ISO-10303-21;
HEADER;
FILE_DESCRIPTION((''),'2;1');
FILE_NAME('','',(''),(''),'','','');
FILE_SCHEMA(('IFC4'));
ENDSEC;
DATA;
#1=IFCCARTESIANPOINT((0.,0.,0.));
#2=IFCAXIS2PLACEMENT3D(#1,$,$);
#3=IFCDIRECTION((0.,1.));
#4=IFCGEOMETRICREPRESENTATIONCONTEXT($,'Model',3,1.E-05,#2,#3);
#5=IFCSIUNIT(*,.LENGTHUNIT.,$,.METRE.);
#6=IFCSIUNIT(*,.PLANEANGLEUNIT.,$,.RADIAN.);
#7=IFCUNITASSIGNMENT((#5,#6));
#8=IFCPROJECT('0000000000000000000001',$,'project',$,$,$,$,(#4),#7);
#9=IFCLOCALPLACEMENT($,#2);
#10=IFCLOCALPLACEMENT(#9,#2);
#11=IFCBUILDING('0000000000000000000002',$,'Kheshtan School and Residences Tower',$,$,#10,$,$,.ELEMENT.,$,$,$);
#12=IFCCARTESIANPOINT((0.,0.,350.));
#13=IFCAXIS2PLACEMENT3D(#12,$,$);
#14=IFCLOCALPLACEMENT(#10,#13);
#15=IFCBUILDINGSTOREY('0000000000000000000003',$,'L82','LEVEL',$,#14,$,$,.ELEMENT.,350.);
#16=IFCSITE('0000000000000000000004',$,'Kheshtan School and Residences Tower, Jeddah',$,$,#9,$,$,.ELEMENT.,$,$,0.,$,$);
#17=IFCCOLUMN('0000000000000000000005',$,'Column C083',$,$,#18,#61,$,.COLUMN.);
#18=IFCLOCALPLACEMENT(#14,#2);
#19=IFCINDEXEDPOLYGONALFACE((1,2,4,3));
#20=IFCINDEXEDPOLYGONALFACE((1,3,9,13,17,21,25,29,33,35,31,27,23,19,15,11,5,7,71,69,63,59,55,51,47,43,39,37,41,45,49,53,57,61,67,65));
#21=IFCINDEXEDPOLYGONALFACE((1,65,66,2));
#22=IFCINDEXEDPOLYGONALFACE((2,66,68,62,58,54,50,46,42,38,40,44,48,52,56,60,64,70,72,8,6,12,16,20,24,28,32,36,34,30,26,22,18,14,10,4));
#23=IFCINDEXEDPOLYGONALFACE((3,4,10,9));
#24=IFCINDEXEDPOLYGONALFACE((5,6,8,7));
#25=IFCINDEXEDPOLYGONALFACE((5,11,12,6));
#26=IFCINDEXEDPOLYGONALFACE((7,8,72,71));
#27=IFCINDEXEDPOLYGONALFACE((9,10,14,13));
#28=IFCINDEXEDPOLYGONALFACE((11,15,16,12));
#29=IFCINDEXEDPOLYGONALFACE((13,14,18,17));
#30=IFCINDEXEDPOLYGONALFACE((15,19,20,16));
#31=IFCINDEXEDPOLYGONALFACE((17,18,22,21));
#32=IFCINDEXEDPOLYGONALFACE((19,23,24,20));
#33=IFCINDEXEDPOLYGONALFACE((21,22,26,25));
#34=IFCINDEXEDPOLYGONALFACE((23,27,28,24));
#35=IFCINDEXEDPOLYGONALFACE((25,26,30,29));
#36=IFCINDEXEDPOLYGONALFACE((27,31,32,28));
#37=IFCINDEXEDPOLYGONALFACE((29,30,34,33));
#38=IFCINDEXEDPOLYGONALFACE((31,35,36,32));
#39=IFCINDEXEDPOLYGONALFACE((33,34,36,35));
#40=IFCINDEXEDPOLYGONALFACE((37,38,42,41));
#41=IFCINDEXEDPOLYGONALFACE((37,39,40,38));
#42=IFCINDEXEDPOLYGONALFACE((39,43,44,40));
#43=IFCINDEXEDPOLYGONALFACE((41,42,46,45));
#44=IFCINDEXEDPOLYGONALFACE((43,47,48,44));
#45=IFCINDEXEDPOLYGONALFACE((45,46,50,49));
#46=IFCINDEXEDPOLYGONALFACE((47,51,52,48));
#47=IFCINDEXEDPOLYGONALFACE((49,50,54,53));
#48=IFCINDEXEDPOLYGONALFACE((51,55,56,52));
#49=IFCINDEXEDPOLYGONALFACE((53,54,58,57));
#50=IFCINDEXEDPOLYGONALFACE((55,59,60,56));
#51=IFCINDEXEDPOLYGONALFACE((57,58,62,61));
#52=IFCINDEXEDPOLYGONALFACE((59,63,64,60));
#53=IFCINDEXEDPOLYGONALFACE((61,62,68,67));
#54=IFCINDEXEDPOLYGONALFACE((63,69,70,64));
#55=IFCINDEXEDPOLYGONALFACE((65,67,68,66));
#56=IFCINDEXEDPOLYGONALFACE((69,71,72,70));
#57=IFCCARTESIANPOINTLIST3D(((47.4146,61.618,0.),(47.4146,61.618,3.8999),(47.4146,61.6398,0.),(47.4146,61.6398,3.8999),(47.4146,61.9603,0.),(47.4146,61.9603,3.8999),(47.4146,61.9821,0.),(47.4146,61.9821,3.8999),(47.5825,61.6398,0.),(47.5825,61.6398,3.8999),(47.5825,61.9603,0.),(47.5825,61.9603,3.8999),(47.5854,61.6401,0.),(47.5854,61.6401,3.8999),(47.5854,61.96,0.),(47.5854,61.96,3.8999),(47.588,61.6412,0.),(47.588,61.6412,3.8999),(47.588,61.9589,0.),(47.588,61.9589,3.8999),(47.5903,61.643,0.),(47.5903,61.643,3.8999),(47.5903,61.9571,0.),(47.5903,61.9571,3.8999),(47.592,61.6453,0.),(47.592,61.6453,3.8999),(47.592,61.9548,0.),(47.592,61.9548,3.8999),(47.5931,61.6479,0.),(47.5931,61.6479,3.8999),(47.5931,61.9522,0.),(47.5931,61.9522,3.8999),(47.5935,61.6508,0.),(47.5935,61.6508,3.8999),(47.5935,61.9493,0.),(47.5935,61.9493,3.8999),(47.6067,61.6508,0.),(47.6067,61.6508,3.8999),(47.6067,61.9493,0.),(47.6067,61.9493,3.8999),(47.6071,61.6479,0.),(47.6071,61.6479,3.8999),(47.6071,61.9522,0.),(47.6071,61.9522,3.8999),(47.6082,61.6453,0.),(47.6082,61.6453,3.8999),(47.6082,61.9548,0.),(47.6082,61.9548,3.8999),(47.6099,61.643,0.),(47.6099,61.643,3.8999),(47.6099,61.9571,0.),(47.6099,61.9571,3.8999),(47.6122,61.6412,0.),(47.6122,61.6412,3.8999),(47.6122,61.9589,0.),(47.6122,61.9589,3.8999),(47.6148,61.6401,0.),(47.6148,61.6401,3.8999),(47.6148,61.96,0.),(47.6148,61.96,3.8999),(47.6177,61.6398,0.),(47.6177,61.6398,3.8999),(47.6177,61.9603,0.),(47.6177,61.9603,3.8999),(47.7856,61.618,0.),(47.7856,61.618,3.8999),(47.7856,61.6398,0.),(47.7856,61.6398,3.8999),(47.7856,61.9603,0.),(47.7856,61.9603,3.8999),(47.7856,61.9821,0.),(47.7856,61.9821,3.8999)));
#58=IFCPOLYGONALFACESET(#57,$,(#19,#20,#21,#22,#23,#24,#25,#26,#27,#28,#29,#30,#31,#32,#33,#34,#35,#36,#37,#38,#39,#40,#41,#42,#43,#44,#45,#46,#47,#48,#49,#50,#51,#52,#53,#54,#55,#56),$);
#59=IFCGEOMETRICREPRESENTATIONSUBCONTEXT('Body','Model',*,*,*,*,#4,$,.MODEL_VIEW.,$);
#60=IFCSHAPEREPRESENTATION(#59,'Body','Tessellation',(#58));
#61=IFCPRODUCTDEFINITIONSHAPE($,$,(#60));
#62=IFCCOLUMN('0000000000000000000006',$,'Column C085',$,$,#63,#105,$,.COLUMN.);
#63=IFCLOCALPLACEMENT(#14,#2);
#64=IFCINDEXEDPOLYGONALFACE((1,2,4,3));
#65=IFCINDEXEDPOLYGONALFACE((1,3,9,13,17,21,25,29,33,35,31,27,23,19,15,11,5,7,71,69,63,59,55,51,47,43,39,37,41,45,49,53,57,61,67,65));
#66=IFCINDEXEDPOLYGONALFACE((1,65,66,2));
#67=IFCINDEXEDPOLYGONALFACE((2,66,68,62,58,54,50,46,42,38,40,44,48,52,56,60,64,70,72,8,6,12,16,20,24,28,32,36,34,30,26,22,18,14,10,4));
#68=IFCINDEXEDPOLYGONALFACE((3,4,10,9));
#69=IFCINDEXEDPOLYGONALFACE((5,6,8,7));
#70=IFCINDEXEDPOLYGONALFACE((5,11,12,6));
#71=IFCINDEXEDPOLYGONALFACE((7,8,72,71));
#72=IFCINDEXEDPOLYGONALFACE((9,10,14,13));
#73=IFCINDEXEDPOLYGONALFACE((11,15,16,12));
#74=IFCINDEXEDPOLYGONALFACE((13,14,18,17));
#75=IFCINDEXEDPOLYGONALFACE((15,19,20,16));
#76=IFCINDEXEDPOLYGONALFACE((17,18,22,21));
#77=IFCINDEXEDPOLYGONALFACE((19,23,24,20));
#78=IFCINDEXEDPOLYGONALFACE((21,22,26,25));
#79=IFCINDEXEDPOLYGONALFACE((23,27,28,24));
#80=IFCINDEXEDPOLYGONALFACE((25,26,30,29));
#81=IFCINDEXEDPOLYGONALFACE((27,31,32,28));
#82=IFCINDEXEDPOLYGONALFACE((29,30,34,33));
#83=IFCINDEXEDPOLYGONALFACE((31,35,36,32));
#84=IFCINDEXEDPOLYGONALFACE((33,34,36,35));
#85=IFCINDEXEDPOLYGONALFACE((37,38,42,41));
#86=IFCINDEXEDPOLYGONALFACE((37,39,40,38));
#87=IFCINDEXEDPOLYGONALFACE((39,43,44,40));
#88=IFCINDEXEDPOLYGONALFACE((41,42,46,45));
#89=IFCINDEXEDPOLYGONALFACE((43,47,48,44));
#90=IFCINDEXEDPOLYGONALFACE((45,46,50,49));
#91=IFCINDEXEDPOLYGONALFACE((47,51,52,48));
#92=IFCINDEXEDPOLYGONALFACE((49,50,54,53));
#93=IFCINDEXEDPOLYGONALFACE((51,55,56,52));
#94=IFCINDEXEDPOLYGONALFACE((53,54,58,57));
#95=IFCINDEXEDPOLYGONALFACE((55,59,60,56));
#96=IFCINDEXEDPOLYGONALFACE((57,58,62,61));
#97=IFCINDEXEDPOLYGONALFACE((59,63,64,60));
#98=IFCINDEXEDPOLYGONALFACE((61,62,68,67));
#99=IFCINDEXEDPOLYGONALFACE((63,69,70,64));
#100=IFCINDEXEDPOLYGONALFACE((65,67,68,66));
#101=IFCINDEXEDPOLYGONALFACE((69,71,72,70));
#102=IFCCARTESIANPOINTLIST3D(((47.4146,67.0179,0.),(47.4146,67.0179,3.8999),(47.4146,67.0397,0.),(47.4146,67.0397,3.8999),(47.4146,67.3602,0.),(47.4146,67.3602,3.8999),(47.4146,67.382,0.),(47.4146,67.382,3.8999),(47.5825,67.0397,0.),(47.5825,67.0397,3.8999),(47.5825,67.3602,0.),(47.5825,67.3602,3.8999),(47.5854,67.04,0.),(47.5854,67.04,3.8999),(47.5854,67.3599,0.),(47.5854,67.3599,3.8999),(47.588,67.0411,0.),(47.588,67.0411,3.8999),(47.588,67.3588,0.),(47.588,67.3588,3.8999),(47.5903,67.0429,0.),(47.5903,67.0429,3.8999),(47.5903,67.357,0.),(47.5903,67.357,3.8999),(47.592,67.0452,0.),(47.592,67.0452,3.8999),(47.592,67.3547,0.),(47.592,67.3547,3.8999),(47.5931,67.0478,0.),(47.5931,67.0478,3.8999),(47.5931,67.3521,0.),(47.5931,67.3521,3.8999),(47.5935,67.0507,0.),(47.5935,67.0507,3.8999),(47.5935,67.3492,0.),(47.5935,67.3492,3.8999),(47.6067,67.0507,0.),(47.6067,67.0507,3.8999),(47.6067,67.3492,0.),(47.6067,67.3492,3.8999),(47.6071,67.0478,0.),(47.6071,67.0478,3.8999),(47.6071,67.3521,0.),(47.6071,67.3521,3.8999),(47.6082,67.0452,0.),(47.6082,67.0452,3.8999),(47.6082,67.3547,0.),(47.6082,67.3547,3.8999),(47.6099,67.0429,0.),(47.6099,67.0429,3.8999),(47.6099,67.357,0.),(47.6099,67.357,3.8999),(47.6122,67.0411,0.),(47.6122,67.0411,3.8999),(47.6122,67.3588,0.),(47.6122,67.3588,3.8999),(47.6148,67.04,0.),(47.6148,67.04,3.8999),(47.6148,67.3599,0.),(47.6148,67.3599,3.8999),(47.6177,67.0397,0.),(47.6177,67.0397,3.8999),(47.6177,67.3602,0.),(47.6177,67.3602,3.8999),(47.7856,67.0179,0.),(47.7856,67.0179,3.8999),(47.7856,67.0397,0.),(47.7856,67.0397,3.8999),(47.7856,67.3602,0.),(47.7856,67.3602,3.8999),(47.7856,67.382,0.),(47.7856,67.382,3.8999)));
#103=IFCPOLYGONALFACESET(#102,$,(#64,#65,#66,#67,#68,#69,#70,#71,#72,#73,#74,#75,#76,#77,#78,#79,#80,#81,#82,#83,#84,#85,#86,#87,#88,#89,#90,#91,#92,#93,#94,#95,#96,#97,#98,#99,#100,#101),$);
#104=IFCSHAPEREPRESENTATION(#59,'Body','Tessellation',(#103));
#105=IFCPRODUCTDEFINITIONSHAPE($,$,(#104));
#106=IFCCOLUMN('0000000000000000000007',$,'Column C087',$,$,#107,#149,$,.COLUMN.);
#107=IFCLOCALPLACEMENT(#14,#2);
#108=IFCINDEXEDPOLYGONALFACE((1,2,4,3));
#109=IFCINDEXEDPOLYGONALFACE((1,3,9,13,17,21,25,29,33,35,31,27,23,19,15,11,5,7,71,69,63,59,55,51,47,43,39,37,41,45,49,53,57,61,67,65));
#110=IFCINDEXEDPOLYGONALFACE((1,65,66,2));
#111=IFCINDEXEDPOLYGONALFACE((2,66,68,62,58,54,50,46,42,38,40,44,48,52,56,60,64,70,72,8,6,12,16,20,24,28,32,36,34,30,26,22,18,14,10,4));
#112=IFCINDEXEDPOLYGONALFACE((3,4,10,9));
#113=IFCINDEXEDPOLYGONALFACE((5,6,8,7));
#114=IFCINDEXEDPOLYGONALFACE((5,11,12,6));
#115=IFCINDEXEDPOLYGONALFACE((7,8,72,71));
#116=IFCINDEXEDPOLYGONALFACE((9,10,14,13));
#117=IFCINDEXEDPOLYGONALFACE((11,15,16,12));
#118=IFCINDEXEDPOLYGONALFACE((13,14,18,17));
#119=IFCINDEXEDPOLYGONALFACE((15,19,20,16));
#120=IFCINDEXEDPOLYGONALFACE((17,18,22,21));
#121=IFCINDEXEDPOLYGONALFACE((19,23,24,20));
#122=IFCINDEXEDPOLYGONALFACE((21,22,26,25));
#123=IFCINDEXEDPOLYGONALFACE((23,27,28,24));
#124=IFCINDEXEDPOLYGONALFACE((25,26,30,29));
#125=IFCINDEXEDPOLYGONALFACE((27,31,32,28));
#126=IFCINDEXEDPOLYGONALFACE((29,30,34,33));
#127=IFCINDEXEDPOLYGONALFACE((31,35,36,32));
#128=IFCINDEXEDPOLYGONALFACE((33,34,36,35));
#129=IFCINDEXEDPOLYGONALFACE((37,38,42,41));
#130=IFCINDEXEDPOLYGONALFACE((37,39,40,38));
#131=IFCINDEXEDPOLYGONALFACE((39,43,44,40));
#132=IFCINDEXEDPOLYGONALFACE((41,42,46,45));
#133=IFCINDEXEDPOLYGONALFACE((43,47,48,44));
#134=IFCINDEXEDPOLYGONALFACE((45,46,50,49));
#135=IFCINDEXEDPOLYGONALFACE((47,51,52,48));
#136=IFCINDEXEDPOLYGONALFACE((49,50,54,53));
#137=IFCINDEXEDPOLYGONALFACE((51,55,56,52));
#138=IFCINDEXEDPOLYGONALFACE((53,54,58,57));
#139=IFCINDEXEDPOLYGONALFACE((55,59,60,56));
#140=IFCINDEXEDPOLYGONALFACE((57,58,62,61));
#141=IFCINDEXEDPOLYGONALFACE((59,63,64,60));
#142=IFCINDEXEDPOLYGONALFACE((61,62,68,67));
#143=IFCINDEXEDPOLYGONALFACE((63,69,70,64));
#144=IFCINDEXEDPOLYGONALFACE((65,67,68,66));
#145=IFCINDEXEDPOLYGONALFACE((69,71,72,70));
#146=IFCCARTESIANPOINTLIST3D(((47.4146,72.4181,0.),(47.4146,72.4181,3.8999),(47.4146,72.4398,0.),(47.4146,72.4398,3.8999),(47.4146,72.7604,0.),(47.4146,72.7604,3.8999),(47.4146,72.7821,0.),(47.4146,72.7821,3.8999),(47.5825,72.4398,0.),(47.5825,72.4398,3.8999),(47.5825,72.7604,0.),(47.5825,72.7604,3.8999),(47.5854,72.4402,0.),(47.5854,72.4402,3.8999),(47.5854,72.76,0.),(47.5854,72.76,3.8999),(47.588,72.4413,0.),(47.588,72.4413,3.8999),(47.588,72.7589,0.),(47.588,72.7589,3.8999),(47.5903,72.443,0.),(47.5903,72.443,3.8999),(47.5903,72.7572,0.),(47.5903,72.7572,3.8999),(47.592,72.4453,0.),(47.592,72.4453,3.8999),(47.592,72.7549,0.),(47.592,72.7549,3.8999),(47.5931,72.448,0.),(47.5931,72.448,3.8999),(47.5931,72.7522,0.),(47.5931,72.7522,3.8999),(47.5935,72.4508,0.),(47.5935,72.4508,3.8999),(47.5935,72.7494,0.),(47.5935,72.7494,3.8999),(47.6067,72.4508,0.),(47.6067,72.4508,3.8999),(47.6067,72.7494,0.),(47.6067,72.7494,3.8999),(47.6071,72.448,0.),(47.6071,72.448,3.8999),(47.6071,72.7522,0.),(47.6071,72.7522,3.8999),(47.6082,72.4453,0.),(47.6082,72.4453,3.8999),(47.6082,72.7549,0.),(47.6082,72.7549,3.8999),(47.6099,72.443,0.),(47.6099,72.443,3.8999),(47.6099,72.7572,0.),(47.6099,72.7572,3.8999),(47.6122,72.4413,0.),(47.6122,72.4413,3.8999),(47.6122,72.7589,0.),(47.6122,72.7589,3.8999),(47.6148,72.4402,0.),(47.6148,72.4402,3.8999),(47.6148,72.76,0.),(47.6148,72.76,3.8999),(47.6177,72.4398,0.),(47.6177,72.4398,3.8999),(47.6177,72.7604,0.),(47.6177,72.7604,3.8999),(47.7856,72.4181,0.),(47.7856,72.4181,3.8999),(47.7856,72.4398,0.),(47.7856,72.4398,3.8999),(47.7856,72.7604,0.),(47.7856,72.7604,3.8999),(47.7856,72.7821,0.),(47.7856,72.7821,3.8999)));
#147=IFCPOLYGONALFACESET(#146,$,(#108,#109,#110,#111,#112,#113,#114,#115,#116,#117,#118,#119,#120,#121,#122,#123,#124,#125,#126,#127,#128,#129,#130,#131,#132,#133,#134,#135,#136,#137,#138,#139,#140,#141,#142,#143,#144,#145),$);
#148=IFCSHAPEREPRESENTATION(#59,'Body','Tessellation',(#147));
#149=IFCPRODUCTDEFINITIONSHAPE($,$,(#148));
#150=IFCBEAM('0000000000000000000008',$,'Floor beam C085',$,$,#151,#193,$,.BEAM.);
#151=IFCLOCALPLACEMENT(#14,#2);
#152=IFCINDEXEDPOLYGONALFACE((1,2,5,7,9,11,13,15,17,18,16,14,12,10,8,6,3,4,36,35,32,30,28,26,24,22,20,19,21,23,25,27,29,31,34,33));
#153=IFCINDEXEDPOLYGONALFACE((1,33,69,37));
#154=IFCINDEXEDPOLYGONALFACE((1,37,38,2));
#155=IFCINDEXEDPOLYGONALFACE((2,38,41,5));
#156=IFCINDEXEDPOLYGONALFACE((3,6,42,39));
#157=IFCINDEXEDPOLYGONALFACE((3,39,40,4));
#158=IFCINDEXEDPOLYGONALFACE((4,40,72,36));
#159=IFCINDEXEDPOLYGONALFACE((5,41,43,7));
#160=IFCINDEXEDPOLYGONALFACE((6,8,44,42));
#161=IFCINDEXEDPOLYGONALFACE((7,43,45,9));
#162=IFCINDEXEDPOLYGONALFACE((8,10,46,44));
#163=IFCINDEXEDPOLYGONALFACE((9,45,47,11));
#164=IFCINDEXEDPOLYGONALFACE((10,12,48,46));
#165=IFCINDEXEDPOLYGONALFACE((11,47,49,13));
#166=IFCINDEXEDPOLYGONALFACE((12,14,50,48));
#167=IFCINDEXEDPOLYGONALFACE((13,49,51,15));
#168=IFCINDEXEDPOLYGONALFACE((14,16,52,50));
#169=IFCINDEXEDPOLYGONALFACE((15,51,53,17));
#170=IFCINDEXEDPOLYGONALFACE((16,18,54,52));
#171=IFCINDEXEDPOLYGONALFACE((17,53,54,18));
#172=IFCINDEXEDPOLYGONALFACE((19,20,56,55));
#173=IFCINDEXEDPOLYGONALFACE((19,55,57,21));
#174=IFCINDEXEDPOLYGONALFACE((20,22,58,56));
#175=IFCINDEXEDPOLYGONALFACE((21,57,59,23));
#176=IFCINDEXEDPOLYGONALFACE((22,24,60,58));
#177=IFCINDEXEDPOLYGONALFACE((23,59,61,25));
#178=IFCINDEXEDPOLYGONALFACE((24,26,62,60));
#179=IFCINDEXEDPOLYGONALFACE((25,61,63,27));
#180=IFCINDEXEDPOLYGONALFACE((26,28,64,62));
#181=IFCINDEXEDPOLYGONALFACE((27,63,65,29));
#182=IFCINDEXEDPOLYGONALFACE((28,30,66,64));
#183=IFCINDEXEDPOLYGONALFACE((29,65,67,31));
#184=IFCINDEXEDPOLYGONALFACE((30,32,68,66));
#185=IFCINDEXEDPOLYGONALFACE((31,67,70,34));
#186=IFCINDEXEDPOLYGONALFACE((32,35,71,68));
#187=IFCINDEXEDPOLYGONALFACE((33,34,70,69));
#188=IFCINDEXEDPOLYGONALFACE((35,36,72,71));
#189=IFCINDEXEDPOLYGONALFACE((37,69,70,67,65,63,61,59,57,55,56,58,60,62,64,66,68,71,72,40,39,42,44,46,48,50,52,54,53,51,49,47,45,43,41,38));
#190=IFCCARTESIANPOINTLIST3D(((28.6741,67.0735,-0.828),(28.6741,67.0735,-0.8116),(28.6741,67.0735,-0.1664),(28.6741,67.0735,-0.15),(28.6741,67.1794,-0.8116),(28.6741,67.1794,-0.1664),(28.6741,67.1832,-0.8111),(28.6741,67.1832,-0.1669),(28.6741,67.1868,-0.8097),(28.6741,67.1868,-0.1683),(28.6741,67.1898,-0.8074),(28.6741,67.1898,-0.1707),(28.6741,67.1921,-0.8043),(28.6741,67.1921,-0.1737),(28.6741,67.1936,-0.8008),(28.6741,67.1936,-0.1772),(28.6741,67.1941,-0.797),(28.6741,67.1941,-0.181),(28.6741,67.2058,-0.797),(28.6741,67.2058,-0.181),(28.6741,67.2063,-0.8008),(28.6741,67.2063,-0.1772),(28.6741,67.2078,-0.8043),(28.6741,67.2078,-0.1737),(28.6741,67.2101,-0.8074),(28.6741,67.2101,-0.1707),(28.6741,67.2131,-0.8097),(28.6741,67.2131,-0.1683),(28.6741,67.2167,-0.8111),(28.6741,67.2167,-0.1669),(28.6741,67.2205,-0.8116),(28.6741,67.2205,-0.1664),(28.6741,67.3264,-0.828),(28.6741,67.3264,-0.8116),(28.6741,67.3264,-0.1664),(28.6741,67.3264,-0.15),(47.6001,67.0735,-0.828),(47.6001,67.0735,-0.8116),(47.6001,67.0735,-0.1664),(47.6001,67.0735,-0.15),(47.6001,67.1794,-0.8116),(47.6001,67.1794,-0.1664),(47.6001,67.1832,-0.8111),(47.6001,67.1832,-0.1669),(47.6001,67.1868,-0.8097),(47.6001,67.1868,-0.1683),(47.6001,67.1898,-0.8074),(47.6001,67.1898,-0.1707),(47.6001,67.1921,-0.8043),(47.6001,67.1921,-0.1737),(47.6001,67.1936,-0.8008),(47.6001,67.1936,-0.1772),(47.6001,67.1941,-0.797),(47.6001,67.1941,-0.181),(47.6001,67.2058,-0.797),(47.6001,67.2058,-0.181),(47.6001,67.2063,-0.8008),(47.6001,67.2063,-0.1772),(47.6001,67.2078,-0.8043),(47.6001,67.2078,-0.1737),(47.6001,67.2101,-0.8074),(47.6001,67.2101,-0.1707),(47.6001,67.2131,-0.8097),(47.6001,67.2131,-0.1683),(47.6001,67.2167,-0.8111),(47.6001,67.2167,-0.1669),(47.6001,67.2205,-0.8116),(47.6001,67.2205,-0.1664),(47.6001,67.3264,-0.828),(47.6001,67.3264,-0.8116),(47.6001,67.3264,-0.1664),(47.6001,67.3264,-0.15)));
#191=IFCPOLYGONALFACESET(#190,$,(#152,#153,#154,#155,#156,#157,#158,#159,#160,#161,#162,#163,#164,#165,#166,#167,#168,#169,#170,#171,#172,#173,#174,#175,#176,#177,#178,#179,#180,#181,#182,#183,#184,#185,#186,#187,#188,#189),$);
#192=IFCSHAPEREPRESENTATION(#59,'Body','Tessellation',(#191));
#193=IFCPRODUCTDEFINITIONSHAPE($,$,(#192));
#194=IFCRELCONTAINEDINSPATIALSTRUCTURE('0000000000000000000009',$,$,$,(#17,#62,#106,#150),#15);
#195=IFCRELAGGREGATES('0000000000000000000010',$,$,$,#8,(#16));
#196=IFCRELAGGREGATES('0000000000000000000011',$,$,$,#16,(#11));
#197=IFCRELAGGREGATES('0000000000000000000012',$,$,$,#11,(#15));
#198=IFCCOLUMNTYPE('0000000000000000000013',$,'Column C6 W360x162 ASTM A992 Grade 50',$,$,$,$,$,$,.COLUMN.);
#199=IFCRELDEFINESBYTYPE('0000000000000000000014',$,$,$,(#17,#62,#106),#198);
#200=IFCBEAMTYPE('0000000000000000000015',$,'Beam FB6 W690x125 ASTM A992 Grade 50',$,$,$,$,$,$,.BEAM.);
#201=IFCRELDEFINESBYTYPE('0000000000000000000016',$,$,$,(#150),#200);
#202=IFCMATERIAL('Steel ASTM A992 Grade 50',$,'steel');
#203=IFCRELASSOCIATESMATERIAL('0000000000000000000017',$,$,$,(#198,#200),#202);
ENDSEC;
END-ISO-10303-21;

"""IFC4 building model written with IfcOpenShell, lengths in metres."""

from ifc_helpers import new_model, si_unit, direction, frame, origin, origin_2d, place, context, subcontext, project, spatial, i_section, extrude, material, material_profile, profile_set, type_object, element, save


model = new_model("IFC4")

# Units and contexts
model_context = context("Model", 3, precision=1e-05, world=origin(), true_north=direction((0.0, 1.0)))
body_context = subcontext(model_context, "Body", "Model", "MODEL_VIEW")
ifc_project = project(units=[si_unit("LENGTHUNIT", "METRE"), si_unit("PLANEANGLEUNIT", "RADIAN")], contexts=[model_context])

# Site, building, storey
site_placement = place(None, origin())
site = spatial("IfcSite", under=ifc_project, at=site_placement, Name="Kheshtan School and Residences Tower, Jeddah", CompositionType="ELEMENT", RefElevation=0.0)
building_placement = place(site_placement, origin())
building = spatial("IfcBuilding", under=site, at=building_placement, Name="Kheshtan School and Residences Tower", CompositionType="ELEMENT")
storey_placement = place(building_placement, frame((0.0, 0.0, 350.0)))
storey = spatial("IfcBuildingStorey", under=building, at=storey_placement, Name="L82", Description="LEVEL", CompositionType="ELEMENT", Elevation=350.0)

# Columns
ifc_material_1 = material(Name="Steel ASTM A992 Grade 50", Category="steel")
ifc_material_profile_1 = material_profile(ifc_material_1, i_section(OverallWidth=0.3711, OverallDepth=0.364, WebThickness=0.0132, FlangeThickness=0.0217, FilletRadius=0.011, at=origin_2d()), Name="W360x162")
ifc_profile_set_1 = profile_set([ifc_material_profile_1], Name="Steel ASTM A992 Grade 50")
column_type = type_object("IfcColumnType", Name="Column C6 W360x162 ASTM A992 Grade 50", PredefinedType="COLUMN", material=ifc_profile_set_1)
for number, where, z_axis, x_axis, name in (
    (1, (47.6001, 61.8, 0.0), (0.0, 0.0, 1.0), (1.0, 0.0, 0.0), "Column C083"),
    (2, (47.6001, 67.2, 0.0), (0.0, 0.0, 1.0), (1.0, 0.0, 0.0), "Column C085"),
    (3, (47.6001, 72.6001, 0.0), (0.0, 0.0, 1.0), (1.0, 0.0, 0.0), "Column C087"),
):
    element("IfcColumn", number, at=place(storey_placement, frame(where, z_axis=z_axis, x_axis=x_axis)), inside=storey, type_object=column_type, Name=name, PredefinedType="COLUMN", context=body_context, shape_type="SweptSolid", body=[
        extrude(i_section(OverallWidth=0.3711, OverallDepth=0.364, WebThickness=0.0132, FlangeThickness=0.0217, FilletRadius=0.011, at=origin_2d()), origin(), (0.0, 0.0, 1.0), 3.8999),
    ])

# Beam
ifc_material_profile_2 = material_profile(ifc_material_1, i_section(OverallWidth=0.2529, OverallDepth=0.678, WebThickness=0.0117, FlangeThickness=0.0164, FilletRadius=0.0146, at=origin_2d()), Name="W690x125")
ifc_profile_set_2 = profile_set([ifc_material_profile_2], Name="Steel ASTM A992 Grade 50")
beam_type_1 = type_object("IfcBeamType", Name="Beam FB6 W690x125 ASTM A992 Grade 50", PredefinedType="BEAM", material=ifc_profile_set_2)
beam_1_placement = place(storey_placement, frame((47.6001, 67.2, -0.489), z_axis=(-1.0, 0.0, 0.0), x_axis=(0.0, -1.0, 0.0)))
element("IfcBeam", 4, at=beam_1_placement, inside=storey, type_object=beam_type_1, Name="Floor beam C085", PredefinedType="BEAM", context=body_context, shape_type="SweptSolid", body=[
    extrude(i_section(OverallWidth=0.2529, OverallDepth=0.678, WebThickness=0.0117, FlangeThickness=0.0164, FilletRadius=0.0146, at=origin_2d()), origin(), (0.0, 0.0, 1.0), 18.926),
])

save(model, "model.ifc")
